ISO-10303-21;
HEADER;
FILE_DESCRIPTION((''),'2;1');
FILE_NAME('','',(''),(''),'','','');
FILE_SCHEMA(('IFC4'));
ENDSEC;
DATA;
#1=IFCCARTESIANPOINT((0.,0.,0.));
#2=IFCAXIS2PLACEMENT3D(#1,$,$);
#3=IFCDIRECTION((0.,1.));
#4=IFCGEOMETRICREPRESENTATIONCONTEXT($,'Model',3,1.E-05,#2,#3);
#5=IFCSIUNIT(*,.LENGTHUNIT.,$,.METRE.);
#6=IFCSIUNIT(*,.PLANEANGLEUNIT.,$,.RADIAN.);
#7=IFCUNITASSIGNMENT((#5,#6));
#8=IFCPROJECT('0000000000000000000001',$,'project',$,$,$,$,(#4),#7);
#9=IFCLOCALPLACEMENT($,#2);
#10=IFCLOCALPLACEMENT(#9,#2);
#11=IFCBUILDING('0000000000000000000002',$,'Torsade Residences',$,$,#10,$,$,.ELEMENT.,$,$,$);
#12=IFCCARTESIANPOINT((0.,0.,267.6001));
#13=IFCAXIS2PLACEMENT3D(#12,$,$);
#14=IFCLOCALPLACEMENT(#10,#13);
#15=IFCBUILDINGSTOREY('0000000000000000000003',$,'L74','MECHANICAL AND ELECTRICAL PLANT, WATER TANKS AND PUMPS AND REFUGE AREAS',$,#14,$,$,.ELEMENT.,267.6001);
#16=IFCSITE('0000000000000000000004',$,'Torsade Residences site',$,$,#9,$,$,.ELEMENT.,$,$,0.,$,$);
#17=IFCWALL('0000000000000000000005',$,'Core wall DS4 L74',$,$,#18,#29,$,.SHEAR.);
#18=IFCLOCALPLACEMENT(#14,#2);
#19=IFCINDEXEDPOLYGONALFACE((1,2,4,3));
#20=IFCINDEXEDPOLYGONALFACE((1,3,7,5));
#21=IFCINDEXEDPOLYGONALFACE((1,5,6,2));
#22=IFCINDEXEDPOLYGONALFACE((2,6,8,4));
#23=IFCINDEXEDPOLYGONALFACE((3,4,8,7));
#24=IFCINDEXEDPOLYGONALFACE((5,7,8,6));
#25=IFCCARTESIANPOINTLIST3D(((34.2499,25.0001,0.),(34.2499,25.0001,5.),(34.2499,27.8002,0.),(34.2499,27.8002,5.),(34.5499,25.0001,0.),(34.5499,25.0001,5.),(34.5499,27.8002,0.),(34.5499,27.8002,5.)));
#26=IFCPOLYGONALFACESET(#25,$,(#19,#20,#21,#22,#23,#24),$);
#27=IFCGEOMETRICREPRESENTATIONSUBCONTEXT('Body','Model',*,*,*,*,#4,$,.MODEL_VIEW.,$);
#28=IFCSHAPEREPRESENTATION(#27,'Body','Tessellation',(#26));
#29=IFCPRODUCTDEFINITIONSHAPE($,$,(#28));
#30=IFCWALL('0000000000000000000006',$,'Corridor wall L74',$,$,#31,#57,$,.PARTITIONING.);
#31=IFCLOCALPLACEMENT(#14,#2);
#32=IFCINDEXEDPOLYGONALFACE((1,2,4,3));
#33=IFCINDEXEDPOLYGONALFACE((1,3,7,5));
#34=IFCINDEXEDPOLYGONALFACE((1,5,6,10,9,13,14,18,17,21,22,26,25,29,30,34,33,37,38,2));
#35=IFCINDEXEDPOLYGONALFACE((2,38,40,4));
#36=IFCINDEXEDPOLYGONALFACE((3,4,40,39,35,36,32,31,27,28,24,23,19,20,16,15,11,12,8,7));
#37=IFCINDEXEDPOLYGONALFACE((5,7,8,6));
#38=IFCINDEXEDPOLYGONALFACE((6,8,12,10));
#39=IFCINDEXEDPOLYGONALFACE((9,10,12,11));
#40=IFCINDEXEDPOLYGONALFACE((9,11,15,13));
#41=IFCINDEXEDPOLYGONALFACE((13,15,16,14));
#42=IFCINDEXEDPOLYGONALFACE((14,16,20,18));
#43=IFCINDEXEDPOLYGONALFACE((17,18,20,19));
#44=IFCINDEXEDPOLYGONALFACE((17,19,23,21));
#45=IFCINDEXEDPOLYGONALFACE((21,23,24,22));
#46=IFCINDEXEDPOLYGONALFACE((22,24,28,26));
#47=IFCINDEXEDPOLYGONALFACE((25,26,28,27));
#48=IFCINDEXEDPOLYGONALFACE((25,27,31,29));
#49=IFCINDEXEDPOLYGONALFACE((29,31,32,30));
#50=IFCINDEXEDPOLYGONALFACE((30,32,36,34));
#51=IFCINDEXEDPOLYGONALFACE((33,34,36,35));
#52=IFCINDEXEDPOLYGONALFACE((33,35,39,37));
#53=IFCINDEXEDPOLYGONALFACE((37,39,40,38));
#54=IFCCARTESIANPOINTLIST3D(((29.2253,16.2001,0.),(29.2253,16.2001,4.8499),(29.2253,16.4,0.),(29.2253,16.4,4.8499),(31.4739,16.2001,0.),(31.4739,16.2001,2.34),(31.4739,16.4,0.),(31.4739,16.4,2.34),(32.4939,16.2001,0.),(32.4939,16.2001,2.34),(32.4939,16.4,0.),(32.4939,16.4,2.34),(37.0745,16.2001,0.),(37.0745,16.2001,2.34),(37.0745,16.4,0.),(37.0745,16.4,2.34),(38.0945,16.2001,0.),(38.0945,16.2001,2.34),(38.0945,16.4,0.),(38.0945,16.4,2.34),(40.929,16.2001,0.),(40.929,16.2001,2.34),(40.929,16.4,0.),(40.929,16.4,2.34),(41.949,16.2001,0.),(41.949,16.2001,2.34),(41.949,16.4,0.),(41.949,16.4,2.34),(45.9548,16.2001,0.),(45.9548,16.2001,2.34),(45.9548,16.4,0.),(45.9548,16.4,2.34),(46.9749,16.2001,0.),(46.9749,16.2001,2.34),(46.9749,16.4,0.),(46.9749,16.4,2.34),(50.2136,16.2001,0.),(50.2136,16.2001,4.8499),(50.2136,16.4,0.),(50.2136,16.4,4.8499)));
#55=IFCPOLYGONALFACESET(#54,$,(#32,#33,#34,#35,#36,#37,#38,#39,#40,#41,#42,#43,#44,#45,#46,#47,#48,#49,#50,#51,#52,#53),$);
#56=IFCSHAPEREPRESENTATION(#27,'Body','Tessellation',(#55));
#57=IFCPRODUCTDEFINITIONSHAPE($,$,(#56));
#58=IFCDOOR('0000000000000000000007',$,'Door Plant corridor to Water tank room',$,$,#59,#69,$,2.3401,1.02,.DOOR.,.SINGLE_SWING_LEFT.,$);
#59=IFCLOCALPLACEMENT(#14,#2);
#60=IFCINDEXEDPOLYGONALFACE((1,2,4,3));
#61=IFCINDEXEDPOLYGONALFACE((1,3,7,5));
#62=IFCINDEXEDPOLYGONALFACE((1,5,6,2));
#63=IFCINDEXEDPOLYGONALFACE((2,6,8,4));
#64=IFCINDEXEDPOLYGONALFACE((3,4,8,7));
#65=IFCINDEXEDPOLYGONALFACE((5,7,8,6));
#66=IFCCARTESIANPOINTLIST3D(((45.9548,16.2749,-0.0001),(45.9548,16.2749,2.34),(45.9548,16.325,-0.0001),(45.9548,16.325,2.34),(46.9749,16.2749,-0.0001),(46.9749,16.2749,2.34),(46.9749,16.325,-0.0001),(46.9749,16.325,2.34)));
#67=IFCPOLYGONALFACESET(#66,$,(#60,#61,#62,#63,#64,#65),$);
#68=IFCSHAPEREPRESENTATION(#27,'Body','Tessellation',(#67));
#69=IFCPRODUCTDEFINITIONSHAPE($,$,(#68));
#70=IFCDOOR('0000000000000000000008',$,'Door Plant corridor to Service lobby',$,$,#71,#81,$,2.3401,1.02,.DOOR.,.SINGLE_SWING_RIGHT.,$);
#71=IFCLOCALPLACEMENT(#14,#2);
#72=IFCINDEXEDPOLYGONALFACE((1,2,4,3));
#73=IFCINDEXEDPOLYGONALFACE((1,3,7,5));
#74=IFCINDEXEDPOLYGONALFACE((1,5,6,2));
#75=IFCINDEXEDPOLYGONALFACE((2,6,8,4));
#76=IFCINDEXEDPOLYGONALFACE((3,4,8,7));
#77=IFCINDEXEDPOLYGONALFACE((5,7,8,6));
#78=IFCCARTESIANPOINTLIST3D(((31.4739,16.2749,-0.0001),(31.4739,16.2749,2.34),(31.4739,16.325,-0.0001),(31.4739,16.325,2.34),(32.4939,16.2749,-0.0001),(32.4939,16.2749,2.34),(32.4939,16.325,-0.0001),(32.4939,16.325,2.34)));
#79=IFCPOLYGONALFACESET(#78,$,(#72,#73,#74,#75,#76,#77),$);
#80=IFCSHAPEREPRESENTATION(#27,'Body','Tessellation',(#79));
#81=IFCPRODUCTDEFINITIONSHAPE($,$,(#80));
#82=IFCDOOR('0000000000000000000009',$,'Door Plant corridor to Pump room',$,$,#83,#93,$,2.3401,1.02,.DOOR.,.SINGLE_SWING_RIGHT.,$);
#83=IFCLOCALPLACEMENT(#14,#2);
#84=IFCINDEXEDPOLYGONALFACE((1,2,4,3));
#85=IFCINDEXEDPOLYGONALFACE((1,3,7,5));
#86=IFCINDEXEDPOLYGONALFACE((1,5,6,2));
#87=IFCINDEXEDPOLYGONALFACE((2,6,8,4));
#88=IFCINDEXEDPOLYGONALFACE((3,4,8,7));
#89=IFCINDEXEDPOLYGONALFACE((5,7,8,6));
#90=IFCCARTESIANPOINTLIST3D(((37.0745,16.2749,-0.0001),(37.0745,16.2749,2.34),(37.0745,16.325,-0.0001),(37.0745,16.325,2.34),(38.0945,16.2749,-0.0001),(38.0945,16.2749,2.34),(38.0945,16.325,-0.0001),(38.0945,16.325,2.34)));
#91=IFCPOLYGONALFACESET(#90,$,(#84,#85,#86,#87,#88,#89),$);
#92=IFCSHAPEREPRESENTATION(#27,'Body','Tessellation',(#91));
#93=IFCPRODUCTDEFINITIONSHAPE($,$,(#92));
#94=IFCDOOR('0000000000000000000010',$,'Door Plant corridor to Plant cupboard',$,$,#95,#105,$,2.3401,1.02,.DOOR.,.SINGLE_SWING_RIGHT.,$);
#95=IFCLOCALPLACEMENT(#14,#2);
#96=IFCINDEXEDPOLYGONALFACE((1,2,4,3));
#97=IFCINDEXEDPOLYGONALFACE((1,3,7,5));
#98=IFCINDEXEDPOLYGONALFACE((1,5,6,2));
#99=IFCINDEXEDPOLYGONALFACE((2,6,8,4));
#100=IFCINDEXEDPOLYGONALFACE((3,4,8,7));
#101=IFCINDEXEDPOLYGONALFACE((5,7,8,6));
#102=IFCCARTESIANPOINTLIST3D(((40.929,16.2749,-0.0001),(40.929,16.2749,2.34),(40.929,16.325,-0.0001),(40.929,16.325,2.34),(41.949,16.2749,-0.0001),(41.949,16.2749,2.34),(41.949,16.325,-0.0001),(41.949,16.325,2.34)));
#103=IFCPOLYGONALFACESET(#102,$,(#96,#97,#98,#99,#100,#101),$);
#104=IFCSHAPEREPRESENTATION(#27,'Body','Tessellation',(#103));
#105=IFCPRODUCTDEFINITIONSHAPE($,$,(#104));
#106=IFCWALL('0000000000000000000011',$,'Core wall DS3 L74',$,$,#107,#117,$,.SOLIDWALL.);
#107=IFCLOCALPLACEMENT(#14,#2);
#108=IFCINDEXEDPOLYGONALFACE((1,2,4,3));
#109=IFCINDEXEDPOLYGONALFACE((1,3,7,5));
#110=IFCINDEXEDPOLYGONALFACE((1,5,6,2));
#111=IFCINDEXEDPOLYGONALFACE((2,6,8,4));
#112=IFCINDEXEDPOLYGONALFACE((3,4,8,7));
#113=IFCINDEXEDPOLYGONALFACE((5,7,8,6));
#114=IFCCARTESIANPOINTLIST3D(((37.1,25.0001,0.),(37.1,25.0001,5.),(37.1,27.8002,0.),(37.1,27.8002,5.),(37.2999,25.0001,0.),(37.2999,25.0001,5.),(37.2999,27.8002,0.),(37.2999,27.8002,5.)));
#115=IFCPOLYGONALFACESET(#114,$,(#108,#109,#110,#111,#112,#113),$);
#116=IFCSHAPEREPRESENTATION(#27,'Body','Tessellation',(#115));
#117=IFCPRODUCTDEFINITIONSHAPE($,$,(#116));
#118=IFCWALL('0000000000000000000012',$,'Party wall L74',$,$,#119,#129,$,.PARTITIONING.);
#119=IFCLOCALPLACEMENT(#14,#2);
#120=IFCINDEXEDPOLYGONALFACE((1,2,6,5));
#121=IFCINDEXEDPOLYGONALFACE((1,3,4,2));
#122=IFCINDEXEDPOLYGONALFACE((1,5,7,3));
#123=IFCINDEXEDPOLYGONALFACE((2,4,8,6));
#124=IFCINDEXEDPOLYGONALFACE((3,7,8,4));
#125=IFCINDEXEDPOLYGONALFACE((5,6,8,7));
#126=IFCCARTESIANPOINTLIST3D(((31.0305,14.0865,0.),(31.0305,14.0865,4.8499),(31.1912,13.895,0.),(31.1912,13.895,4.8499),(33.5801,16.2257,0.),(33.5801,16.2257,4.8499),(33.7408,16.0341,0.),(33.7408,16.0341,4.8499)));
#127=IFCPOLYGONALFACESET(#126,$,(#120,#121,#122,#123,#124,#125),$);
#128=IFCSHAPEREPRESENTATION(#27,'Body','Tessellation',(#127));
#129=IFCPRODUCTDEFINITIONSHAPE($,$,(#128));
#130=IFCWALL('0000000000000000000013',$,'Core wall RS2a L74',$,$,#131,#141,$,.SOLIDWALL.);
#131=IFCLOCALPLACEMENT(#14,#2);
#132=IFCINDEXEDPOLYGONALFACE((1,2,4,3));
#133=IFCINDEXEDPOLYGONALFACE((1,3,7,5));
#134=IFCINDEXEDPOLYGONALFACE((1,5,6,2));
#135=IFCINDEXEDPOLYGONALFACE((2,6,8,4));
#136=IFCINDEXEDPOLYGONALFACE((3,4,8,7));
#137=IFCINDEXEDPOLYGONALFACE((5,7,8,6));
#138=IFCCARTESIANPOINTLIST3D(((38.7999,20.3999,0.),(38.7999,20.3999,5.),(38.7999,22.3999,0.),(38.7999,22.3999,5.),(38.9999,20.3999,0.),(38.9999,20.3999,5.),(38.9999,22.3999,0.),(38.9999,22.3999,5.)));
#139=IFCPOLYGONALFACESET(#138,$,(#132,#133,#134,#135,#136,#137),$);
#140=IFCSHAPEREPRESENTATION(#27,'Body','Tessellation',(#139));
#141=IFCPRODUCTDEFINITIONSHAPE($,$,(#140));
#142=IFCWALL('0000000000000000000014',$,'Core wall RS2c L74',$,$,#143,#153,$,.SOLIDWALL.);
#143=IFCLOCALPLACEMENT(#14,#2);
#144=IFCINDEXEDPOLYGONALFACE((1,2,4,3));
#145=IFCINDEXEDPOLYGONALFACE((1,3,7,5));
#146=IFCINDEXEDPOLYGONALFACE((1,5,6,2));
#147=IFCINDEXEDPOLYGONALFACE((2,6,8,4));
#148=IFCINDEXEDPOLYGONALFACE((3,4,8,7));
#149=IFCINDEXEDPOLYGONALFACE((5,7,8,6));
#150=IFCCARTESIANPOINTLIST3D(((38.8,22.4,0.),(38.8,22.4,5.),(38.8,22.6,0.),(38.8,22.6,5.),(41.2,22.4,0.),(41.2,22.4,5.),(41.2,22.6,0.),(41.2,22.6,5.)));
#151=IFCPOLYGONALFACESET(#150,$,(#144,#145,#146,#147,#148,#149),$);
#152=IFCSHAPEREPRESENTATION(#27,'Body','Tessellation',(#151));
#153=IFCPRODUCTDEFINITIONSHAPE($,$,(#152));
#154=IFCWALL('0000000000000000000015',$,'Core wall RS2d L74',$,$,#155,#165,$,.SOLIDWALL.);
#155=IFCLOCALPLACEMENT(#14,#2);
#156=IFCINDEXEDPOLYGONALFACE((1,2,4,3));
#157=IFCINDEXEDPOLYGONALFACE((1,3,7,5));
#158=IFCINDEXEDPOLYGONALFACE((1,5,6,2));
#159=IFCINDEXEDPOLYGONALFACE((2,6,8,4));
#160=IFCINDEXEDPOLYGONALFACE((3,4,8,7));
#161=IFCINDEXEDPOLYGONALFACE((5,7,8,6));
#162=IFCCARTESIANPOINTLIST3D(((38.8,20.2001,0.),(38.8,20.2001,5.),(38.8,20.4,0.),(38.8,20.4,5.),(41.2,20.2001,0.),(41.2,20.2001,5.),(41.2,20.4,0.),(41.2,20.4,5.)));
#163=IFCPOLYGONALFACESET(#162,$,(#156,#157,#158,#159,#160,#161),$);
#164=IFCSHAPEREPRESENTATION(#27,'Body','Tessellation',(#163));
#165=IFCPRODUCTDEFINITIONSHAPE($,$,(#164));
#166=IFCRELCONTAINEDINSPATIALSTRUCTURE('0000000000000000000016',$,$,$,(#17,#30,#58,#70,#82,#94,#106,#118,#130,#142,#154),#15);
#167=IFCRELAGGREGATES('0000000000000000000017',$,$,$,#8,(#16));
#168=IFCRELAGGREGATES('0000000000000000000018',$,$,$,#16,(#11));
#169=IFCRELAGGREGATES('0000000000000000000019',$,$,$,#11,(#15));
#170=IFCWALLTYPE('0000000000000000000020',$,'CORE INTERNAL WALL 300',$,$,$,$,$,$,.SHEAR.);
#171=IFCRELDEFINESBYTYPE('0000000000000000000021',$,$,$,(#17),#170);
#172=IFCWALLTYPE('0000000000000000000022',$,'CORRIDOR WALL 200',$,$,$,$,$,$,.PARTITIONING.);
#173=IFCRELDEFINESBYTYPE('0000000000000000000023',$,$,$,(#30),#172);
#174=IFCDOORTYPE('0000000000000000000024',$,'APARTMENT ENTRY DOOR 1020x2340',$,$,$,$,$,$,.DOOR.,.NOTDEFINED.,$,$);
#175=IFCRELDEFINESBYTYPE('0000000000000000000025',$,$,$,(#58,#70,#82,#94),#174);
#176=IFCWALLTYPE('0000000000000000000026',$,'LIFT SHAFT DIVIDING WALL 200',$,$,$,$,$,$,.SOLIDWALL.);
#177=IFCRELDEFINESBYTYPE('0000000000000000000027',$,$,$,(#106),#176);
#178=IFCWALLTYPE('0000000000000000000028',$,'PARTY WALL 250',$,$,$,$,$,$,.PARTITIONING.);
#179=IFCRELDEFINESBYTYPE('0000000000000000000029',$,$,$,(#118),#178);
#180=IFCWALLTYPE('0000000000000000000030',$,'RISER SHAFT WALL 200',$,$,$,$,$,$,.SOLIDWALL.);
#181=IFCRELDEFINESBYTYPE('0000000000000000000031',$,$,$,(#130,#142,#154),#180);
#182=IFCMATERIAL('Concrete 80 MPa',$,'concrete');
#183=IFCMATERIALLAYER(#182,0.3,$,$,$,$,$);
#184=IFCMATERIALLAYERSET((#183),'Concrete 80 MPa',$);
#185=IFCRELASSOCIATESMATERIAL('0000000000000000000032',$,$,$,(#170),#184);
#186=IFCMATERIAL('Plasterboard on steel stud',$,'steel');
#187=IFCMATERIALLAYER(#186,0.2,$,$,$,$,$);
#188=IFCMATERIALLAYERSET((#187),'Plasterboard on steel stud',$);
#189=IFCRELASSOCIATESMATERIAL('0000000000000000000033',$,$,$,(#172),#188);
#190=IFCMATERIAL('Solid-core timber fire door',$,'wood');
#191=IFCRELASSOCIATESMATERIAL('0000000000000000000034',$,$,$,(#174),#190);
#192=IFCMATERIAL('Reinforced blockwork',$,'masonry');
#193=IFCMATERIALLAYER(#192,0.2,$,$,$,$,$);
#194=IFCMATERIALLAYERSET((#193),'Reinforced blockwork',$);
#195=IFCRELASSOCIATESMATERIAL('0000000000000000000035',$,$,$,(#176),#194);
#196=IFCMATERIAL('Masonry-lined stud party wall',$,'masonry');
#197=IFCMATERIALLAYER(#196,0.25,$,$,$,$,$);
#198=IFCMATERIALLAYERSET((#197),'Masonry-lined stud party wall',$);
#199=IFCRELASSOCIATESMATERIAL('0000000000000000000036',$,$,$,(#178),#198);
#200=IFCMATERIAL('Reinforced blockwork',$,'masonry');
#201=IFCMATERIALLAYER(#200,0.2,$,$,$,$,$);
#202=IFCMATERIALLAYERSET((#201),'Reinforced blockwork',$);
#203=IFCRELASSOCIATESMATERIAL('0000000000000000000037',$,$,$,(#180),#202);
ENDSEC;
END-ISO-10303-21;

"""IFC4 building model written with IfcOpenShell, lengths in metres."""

from ifc_helpers import new_model, si_unit, direction, frame, frame_2d, origin, place, context, subcontext, project, spatial, rectangle, extrude, material, layer, layer_set, type_object, element, fill, save


model = new_model("IFC4")

# Units and contexts
model_context = context("Model", 3, precision=1e-05, world=origin(), true_north=direction((0.0, 1.0)))
body_context = subcontext(model_context, "Body", "Model", "MODEL_VIEW")
ifc_project = project(units=[si_unit("LENGTHUNIT", "METRE"), si_unit("PLANEANGLEUNIT", "RADIAN")], contexts=[model_context])

# Site, building, storey
site_placement = place(None, origin())
site = spatial("IfcSite", under=ifc_project, at=site_placement, Name="Torsade Residences site", CompositionType="ELEMENT", RefElevation=0.0)
building_placement = place(site_placement, origin())
building = spatial("IfcBuilding", under=site, at=building_placement, Name="Torsade Residences", CompositionType="ELEMENT")
storey_placement = place(building_placement, frame((0.0, 0.0, 267.6001)))
storey = spatial("IfcBuildingStorey", under=building, at=storey_placement, Name="L74", Description="MECHANICAL AND ELECTRICAL PLANT, WATER TANKS AND PUMPS AND REFUGE AREAS", CompositionType="ELEMENT", Elevation=267.6001)

# Wall
ifc_material_1 = material(Name="Concrete 80 MPa", Category="concrete")
ifc_layer_1 = layer(ifc_material_1, 0.3)
ifc_layer_set_1 = layer_set([ifc_layer_1], Name="Concrete 80 MPa")
wall_type_1 = type_object("IfcWallType", Name="CORE INTERNAL WALL 300", PredefinedType="SHEAR", material=ifc_layer_set_1)
wall_1_placement = place(storey_placement, frame((34.3999, 27.8, 0.0), z_axis=(0.0, 0.0, 1.0), x_axis=(0.0, -1.0, 0.0)))
element("IfcWall", 1, at=wall_1_placement, inside=storey, type_object=wall_type_1, Name="Core wall DS4 L74", PredefinedType="SHEAR", context=body_context, shape_type="SweptSolid", body=[
    extrude(rectangle(XDim=2.8, YDim=0.3, at=frame_2d((1.3999, 0.0))), origin(), (0.0, 0.0, 1.0), 5.0),
])

# Wall, openings, doors
ifc_material_2 = material(Name="Plasterboard on steel stud", Category="steel")
ifc_layer_2 = layer(ifc_material_2, 0.2)
ifc_layer_set_2 = layer_set([ifc_layer_2], Name="Plasterboard on steel stud")
wall_type_2 = type_object("IfcWallType", Name="CORRIDOR WALL 200", PredefinedType="PARTITIONING", material=ifc_layer_set_2)
wall_2_placement = place(storey_placement, frame((29.2253, 16.3, 0.0), z_axis=(0.0, 0.0, 1.0), x_axis=(1.0, 0.0, 0.0)))
wall_2 = element("IfcWall", 2, at=wall_2_placement, inside=storey, type_object=wall_type_2, Name="Corridor wall L74", PredefinedType="PARTITIONING", context=body_context, shape_type="SweptSolid", body=[
    extrude(rectangle(XDim=20.9883, YDim=0.2, at=frame_2d((10.4941, 0.0))), origin(), (0.0, 0.0, 1.0), 4.8499),
])
opening_1_placement = place(wall_2_placement, frame((16.7295, 0.0, 0.0)))
opening_1 = element("IfcOpeningElement", 3, at=opening_1_placement, cuts=wall_2, PredefinedType="OPENING", context=body_context, shape_type="SweptSolid", body=[
    extrude(rectangle(XDim=1.02, YDim=2.3401, at=frame_2d((0.51, 1.1699))), frame((0.0, 0.1099, 0.0), z_axis=(0.0, -1.0, 0.0), x_axis=(1.0, 0.0, 0.0)), (0.0, 0.0, 1.0), 0.22),
])
opening_2_placement = place(wall_2_placement, frame((2.2485, 0.0, 0.0)))
opening_2 = element("IfcOpeningElement", 4, at=opening_2_placement, cuts=wall_2, PredefinedType="OPENING", context=body_context, shape_type="SweptSolid", body=[
    extrude(rectangle(XDim=1.02, YDim=2.3401, at=frame_2d((0.51, 1.1699))), frame((0.0, 0.1099, 0.0), z_axis=(0.0, -1.0, 0.0), x_axis=(1.0, 0.0, 0.0)), (0.0, 0.0, 1.0), 0.22),
])
opening_3_placement = place(wall_2_placement, frame((7.8491, 0.0, 0.0)))
opening_3 = element("IfcOpeningElement", 5, at=opening_3_placement, cuts=wall_2, PredefinedType="OPENING", context=body_context, shape_type="SweptSolid", body=[
    extrude(rectangle(XDim=1.02, YDim=2.3401, at=frame_2d((0.51, 1.1699))), frame((0.0, 0.1099, 0.0), z_axis=(0.0, -1.0, 0.0), x_axis=(1.0, 0.0, 0.0)), (0.0, 0.0, 1.0), 0.22),
])
opening_4_placement = place(wall_2_placement, frame((11.7036, 0.0, 0.0)))
opening_4 = element("IfcOpeningElement", 6, at=opening_4_placement, cuts=wall_2, PredefinedType="OPENING", context=body_context, shape_type="SweptSolid", body=[
    extrude(rectangle(XDim=1.02, YDim=2.3401, at=frame_2d((0.51, 1.1699))), frame((0.0, 0.1099, 0.0), z_axis=(0.0, -1.0, 0.0), x_axis=(1.0, 0.0, 0.0)), (0.0, 0.0, 1.0), 0.22),
])
ifc_material_3 = material(Name="Solid-core timber fire door", Category="wood")
door_type_1 = type_object("IfcDoorType", Name="APARTMENT ENTRY DOOR 1020x2340", OperationType="NOTDEFINED", PredefinedType="DOOR", material=ifc_material_3)
door_1_placement = place(opening_1_placement, origin())
door_1 = element("IfcDoor", 7, at=door_1_placement, inside=storey, type_object=door_type_1, Name="Door Plant corridor to Water tank room", OperationType="SINGLE_SWING_LEFT", OverallHeight=2.3401, OverallWidth=1.02, PredefinedType="DOOR", context=body_context, shape_type="SweptSolid", body=[
    extrude(rectangle(XDim=1.02, YDim=2.3401, at=frame_2d((0.51, 1.1699))), frame((0.0, 0.0249, 0.0), z_axis=(0.0, -1.0, 0.0), x_axis=(1.0, 0.0, 0.0)), (0.0, 0.0, 1.0), 0.05),
])
fill(opening_1, door_1)
door_2_placement = place(opening_2_placement, origin())
door_2 = element("IfcDoor", 8, at=door_2_placement, inside=storey, type_object=door_type_1, Name="Door Plant corridor to Service lobby", OperationType="SINGLE_SWING_RIGHT", OverallHeight=2.3401, OverallWidth=1.02, PredefinedType="DOOR", context=body_context, shape_type="SweptSolid", body=[
    extrude(rectangle(XDim=1.02, YDim=2.3401, at=frame_2d((0.51, 1.1699))), frame((0.0, 0.0249, 0.0), z_axis=(0.0, -1.0, 0.0), x_axis=(1.0, 0.0, 0.0)), (0.0, 0.0, 1.0), 0.05),
])
fill(opening_2, door_2)
door_3_placement = place(opening_3_placement, origin())
door_3 = element("IfcDoor", 9, at=door_3_placement, inside=storey, type_object=door_type_1, Name="Door Plant corridor to Pump room", OperationType="SINGLE_SWING_RIGHT", OverallHeight=2.3401, OverallWidth=1.02, PredefinedType="DOOR", context=body_context, shape_type="SweptSolid", body=[
    extrude(rectangle(XDim=1.02, YDim=2.3401, at=frame_2d((0.51, 1.1699))), frame((0.0, 0.0249, 0.0), z_axis=(0.0, -1.0, 0.0), x_axis=(1.0, 0.0, 0.0)), (0.0, 0.0, 1.0), 0.05),
])
fill(opening_3, door_3)
door_4_placement = place(opening_4_placement, origin())
door_4 = element("IfcDoor", 10, at=door_4_placement, inside=storey, type_object=door_type_1, Name="Door Plant corridor to Plant cupboard", OperationType="SINGLE_SWING_RIGHT", OverallHeight=2.3401, OverallWidth=1.02, PredefinedType="DOOR", context=body_context, shape_type="SweptSolid", body=[
    extrude(rectangle(XDim=1.02, YDim=2.3401, at=frame_2d((0.51, 1.1699))), frame((0.0, 0.0249, 0.0), z_axis=(0.0, -1.0, 0.0), x_axis=(1.0, 0.0, 0.0)), (0.0, 0.0, 1.0), 0.05),
])
fill(opening_4, door_4)

# Walls
ifc_material_4 = material(Name="Reinforced blockwork", Category="masonry")
ifc_layer_3 = layer(ifc_material_4, 0.2)
ifc_layer_set_3 = layer_set([ifc_layer_3], Name="Reinforced blockwork")
wall_type_3 = type_object("IfcWallType", Name="LIFT SHAFT DIVIDING WALL 200", PredefinedType="SOLIDWALL", material=ifc_layer_set_3)
wall_3_placement = place(storey_placement, frame((37.2, 27.8, 0.0), z_axis=(0.0, 0.0, 1.0), x_axis=(0.0, -1.0, 0.0)))
element("IfcWall", 11, at=wall_3_placement, inside=storey, type_object=wall_type_3, Name="Core wall DS3 L74", PredefinedType="SOLIDWALL", context=body_context, shape_type="SweptSolid", body=[
    extrude(rectangle(XDim=2.8, YDim=0.2, at=frame_2d((1.3999, 0.0))), origin(), (0.0, 0.0, 1.0), 5.0),
])
ifc_material_5 = material(Name="Masonry-lined stud party wall", Category="masonry")
ifc_layer_4 = layer(ifc_material_5, 0.25)
ifc_layer_set_4 = layer_set([ifc_layer_4], Name="Masonry-lined stud party wall")
wall_type_4 = type_object("IfcWallType", Name="PARTY WALL 250", PredefinedType="PARTITIONING", material=ifc_layer_set_4)
wall_4_placement = place(storey_placement, frame((31.1108, 13.9907, 0.0), z_axis=(0.0, 0.0, 1.0), x_axis=(0.76607, 0.642757, 0.0)))
element("IfcWall", 12, at=wall_4_placement, inside=storey, type_object=wall_type_4, Name="Party wall L74", PredefinedType="PARTITIONING", context=body_context, shape_type="SweptSolid", body=[
    extrude(rectangle(XDim=3.3281, YDim=0.25, at=frame_2d((1.6641, 0.0))), origin(), (0.0, 0.0, 1.0), 4.8499),
])
ifc_material_6 = material(Name="Reinforced blockwork", Category="masonry")
ifc_layer_5 = layer(ifc_material_6, 0.2)
ifc_layer_set_5 = layer_set([ifc_layer_5], Name="Reinforced blockwork")
wall_type_5 = type_object("IfcWallType", Name="RISER SHAFT WALL 200", PredefinedType="SOLIDWALL", material=ifc_layer_set_5)
wall_5_placement = place(storey_placement, frame((38.8999, 22.3999, 0.0), z_axis=(0.0, 0.0, 1.0), x_axis=(0.0, -1.0, 0.0)))
element("IfcWall", 13, at=wall_5_placement, inside=storey, type_object=wall_type_5, Name="Core wall RS2a L74", PredefinedType="SOLIDWALL", context=body_context, shape_type="SweptSolid", body=[
    extrude(rectangle(XDim=2.0, YDim=0.2, at=frame_2d((1.0, 0.0))), origin(), (0.0, 0.0, 1.0), 5.0),
])
for number, where, z_axis, x_axis, name in (
    (14, (38.8, 22.5, 0.0), (0.0, 0.0, 1.0), (1.0, 0.0, 0.0), "Core wall RS2c L74"),
    (15, (38.8, 20.3, 0.0), (0.0, 0.0, 1.0), (1.0, 0.0, 0.0), "Core wall RS2d L74"),
):
    element("IfcWall", number, at=place(storey_placement, frame(where, z_axis=z_axis, x_axis=x_axis)), inside=storey, type_object=wall_type_5, Name=name, PredefinedType="SOLIDWALL", context=body_context, shape_type="SweptSolid", body=[
        extrude(rectangle(XDim=2.3999, YDim=0.2, at=frame_2d((1.2, 0.0))), origin(), (0.0, 0.0, 1.0), 5.0),
    ])

save(model, "model.ifc")
